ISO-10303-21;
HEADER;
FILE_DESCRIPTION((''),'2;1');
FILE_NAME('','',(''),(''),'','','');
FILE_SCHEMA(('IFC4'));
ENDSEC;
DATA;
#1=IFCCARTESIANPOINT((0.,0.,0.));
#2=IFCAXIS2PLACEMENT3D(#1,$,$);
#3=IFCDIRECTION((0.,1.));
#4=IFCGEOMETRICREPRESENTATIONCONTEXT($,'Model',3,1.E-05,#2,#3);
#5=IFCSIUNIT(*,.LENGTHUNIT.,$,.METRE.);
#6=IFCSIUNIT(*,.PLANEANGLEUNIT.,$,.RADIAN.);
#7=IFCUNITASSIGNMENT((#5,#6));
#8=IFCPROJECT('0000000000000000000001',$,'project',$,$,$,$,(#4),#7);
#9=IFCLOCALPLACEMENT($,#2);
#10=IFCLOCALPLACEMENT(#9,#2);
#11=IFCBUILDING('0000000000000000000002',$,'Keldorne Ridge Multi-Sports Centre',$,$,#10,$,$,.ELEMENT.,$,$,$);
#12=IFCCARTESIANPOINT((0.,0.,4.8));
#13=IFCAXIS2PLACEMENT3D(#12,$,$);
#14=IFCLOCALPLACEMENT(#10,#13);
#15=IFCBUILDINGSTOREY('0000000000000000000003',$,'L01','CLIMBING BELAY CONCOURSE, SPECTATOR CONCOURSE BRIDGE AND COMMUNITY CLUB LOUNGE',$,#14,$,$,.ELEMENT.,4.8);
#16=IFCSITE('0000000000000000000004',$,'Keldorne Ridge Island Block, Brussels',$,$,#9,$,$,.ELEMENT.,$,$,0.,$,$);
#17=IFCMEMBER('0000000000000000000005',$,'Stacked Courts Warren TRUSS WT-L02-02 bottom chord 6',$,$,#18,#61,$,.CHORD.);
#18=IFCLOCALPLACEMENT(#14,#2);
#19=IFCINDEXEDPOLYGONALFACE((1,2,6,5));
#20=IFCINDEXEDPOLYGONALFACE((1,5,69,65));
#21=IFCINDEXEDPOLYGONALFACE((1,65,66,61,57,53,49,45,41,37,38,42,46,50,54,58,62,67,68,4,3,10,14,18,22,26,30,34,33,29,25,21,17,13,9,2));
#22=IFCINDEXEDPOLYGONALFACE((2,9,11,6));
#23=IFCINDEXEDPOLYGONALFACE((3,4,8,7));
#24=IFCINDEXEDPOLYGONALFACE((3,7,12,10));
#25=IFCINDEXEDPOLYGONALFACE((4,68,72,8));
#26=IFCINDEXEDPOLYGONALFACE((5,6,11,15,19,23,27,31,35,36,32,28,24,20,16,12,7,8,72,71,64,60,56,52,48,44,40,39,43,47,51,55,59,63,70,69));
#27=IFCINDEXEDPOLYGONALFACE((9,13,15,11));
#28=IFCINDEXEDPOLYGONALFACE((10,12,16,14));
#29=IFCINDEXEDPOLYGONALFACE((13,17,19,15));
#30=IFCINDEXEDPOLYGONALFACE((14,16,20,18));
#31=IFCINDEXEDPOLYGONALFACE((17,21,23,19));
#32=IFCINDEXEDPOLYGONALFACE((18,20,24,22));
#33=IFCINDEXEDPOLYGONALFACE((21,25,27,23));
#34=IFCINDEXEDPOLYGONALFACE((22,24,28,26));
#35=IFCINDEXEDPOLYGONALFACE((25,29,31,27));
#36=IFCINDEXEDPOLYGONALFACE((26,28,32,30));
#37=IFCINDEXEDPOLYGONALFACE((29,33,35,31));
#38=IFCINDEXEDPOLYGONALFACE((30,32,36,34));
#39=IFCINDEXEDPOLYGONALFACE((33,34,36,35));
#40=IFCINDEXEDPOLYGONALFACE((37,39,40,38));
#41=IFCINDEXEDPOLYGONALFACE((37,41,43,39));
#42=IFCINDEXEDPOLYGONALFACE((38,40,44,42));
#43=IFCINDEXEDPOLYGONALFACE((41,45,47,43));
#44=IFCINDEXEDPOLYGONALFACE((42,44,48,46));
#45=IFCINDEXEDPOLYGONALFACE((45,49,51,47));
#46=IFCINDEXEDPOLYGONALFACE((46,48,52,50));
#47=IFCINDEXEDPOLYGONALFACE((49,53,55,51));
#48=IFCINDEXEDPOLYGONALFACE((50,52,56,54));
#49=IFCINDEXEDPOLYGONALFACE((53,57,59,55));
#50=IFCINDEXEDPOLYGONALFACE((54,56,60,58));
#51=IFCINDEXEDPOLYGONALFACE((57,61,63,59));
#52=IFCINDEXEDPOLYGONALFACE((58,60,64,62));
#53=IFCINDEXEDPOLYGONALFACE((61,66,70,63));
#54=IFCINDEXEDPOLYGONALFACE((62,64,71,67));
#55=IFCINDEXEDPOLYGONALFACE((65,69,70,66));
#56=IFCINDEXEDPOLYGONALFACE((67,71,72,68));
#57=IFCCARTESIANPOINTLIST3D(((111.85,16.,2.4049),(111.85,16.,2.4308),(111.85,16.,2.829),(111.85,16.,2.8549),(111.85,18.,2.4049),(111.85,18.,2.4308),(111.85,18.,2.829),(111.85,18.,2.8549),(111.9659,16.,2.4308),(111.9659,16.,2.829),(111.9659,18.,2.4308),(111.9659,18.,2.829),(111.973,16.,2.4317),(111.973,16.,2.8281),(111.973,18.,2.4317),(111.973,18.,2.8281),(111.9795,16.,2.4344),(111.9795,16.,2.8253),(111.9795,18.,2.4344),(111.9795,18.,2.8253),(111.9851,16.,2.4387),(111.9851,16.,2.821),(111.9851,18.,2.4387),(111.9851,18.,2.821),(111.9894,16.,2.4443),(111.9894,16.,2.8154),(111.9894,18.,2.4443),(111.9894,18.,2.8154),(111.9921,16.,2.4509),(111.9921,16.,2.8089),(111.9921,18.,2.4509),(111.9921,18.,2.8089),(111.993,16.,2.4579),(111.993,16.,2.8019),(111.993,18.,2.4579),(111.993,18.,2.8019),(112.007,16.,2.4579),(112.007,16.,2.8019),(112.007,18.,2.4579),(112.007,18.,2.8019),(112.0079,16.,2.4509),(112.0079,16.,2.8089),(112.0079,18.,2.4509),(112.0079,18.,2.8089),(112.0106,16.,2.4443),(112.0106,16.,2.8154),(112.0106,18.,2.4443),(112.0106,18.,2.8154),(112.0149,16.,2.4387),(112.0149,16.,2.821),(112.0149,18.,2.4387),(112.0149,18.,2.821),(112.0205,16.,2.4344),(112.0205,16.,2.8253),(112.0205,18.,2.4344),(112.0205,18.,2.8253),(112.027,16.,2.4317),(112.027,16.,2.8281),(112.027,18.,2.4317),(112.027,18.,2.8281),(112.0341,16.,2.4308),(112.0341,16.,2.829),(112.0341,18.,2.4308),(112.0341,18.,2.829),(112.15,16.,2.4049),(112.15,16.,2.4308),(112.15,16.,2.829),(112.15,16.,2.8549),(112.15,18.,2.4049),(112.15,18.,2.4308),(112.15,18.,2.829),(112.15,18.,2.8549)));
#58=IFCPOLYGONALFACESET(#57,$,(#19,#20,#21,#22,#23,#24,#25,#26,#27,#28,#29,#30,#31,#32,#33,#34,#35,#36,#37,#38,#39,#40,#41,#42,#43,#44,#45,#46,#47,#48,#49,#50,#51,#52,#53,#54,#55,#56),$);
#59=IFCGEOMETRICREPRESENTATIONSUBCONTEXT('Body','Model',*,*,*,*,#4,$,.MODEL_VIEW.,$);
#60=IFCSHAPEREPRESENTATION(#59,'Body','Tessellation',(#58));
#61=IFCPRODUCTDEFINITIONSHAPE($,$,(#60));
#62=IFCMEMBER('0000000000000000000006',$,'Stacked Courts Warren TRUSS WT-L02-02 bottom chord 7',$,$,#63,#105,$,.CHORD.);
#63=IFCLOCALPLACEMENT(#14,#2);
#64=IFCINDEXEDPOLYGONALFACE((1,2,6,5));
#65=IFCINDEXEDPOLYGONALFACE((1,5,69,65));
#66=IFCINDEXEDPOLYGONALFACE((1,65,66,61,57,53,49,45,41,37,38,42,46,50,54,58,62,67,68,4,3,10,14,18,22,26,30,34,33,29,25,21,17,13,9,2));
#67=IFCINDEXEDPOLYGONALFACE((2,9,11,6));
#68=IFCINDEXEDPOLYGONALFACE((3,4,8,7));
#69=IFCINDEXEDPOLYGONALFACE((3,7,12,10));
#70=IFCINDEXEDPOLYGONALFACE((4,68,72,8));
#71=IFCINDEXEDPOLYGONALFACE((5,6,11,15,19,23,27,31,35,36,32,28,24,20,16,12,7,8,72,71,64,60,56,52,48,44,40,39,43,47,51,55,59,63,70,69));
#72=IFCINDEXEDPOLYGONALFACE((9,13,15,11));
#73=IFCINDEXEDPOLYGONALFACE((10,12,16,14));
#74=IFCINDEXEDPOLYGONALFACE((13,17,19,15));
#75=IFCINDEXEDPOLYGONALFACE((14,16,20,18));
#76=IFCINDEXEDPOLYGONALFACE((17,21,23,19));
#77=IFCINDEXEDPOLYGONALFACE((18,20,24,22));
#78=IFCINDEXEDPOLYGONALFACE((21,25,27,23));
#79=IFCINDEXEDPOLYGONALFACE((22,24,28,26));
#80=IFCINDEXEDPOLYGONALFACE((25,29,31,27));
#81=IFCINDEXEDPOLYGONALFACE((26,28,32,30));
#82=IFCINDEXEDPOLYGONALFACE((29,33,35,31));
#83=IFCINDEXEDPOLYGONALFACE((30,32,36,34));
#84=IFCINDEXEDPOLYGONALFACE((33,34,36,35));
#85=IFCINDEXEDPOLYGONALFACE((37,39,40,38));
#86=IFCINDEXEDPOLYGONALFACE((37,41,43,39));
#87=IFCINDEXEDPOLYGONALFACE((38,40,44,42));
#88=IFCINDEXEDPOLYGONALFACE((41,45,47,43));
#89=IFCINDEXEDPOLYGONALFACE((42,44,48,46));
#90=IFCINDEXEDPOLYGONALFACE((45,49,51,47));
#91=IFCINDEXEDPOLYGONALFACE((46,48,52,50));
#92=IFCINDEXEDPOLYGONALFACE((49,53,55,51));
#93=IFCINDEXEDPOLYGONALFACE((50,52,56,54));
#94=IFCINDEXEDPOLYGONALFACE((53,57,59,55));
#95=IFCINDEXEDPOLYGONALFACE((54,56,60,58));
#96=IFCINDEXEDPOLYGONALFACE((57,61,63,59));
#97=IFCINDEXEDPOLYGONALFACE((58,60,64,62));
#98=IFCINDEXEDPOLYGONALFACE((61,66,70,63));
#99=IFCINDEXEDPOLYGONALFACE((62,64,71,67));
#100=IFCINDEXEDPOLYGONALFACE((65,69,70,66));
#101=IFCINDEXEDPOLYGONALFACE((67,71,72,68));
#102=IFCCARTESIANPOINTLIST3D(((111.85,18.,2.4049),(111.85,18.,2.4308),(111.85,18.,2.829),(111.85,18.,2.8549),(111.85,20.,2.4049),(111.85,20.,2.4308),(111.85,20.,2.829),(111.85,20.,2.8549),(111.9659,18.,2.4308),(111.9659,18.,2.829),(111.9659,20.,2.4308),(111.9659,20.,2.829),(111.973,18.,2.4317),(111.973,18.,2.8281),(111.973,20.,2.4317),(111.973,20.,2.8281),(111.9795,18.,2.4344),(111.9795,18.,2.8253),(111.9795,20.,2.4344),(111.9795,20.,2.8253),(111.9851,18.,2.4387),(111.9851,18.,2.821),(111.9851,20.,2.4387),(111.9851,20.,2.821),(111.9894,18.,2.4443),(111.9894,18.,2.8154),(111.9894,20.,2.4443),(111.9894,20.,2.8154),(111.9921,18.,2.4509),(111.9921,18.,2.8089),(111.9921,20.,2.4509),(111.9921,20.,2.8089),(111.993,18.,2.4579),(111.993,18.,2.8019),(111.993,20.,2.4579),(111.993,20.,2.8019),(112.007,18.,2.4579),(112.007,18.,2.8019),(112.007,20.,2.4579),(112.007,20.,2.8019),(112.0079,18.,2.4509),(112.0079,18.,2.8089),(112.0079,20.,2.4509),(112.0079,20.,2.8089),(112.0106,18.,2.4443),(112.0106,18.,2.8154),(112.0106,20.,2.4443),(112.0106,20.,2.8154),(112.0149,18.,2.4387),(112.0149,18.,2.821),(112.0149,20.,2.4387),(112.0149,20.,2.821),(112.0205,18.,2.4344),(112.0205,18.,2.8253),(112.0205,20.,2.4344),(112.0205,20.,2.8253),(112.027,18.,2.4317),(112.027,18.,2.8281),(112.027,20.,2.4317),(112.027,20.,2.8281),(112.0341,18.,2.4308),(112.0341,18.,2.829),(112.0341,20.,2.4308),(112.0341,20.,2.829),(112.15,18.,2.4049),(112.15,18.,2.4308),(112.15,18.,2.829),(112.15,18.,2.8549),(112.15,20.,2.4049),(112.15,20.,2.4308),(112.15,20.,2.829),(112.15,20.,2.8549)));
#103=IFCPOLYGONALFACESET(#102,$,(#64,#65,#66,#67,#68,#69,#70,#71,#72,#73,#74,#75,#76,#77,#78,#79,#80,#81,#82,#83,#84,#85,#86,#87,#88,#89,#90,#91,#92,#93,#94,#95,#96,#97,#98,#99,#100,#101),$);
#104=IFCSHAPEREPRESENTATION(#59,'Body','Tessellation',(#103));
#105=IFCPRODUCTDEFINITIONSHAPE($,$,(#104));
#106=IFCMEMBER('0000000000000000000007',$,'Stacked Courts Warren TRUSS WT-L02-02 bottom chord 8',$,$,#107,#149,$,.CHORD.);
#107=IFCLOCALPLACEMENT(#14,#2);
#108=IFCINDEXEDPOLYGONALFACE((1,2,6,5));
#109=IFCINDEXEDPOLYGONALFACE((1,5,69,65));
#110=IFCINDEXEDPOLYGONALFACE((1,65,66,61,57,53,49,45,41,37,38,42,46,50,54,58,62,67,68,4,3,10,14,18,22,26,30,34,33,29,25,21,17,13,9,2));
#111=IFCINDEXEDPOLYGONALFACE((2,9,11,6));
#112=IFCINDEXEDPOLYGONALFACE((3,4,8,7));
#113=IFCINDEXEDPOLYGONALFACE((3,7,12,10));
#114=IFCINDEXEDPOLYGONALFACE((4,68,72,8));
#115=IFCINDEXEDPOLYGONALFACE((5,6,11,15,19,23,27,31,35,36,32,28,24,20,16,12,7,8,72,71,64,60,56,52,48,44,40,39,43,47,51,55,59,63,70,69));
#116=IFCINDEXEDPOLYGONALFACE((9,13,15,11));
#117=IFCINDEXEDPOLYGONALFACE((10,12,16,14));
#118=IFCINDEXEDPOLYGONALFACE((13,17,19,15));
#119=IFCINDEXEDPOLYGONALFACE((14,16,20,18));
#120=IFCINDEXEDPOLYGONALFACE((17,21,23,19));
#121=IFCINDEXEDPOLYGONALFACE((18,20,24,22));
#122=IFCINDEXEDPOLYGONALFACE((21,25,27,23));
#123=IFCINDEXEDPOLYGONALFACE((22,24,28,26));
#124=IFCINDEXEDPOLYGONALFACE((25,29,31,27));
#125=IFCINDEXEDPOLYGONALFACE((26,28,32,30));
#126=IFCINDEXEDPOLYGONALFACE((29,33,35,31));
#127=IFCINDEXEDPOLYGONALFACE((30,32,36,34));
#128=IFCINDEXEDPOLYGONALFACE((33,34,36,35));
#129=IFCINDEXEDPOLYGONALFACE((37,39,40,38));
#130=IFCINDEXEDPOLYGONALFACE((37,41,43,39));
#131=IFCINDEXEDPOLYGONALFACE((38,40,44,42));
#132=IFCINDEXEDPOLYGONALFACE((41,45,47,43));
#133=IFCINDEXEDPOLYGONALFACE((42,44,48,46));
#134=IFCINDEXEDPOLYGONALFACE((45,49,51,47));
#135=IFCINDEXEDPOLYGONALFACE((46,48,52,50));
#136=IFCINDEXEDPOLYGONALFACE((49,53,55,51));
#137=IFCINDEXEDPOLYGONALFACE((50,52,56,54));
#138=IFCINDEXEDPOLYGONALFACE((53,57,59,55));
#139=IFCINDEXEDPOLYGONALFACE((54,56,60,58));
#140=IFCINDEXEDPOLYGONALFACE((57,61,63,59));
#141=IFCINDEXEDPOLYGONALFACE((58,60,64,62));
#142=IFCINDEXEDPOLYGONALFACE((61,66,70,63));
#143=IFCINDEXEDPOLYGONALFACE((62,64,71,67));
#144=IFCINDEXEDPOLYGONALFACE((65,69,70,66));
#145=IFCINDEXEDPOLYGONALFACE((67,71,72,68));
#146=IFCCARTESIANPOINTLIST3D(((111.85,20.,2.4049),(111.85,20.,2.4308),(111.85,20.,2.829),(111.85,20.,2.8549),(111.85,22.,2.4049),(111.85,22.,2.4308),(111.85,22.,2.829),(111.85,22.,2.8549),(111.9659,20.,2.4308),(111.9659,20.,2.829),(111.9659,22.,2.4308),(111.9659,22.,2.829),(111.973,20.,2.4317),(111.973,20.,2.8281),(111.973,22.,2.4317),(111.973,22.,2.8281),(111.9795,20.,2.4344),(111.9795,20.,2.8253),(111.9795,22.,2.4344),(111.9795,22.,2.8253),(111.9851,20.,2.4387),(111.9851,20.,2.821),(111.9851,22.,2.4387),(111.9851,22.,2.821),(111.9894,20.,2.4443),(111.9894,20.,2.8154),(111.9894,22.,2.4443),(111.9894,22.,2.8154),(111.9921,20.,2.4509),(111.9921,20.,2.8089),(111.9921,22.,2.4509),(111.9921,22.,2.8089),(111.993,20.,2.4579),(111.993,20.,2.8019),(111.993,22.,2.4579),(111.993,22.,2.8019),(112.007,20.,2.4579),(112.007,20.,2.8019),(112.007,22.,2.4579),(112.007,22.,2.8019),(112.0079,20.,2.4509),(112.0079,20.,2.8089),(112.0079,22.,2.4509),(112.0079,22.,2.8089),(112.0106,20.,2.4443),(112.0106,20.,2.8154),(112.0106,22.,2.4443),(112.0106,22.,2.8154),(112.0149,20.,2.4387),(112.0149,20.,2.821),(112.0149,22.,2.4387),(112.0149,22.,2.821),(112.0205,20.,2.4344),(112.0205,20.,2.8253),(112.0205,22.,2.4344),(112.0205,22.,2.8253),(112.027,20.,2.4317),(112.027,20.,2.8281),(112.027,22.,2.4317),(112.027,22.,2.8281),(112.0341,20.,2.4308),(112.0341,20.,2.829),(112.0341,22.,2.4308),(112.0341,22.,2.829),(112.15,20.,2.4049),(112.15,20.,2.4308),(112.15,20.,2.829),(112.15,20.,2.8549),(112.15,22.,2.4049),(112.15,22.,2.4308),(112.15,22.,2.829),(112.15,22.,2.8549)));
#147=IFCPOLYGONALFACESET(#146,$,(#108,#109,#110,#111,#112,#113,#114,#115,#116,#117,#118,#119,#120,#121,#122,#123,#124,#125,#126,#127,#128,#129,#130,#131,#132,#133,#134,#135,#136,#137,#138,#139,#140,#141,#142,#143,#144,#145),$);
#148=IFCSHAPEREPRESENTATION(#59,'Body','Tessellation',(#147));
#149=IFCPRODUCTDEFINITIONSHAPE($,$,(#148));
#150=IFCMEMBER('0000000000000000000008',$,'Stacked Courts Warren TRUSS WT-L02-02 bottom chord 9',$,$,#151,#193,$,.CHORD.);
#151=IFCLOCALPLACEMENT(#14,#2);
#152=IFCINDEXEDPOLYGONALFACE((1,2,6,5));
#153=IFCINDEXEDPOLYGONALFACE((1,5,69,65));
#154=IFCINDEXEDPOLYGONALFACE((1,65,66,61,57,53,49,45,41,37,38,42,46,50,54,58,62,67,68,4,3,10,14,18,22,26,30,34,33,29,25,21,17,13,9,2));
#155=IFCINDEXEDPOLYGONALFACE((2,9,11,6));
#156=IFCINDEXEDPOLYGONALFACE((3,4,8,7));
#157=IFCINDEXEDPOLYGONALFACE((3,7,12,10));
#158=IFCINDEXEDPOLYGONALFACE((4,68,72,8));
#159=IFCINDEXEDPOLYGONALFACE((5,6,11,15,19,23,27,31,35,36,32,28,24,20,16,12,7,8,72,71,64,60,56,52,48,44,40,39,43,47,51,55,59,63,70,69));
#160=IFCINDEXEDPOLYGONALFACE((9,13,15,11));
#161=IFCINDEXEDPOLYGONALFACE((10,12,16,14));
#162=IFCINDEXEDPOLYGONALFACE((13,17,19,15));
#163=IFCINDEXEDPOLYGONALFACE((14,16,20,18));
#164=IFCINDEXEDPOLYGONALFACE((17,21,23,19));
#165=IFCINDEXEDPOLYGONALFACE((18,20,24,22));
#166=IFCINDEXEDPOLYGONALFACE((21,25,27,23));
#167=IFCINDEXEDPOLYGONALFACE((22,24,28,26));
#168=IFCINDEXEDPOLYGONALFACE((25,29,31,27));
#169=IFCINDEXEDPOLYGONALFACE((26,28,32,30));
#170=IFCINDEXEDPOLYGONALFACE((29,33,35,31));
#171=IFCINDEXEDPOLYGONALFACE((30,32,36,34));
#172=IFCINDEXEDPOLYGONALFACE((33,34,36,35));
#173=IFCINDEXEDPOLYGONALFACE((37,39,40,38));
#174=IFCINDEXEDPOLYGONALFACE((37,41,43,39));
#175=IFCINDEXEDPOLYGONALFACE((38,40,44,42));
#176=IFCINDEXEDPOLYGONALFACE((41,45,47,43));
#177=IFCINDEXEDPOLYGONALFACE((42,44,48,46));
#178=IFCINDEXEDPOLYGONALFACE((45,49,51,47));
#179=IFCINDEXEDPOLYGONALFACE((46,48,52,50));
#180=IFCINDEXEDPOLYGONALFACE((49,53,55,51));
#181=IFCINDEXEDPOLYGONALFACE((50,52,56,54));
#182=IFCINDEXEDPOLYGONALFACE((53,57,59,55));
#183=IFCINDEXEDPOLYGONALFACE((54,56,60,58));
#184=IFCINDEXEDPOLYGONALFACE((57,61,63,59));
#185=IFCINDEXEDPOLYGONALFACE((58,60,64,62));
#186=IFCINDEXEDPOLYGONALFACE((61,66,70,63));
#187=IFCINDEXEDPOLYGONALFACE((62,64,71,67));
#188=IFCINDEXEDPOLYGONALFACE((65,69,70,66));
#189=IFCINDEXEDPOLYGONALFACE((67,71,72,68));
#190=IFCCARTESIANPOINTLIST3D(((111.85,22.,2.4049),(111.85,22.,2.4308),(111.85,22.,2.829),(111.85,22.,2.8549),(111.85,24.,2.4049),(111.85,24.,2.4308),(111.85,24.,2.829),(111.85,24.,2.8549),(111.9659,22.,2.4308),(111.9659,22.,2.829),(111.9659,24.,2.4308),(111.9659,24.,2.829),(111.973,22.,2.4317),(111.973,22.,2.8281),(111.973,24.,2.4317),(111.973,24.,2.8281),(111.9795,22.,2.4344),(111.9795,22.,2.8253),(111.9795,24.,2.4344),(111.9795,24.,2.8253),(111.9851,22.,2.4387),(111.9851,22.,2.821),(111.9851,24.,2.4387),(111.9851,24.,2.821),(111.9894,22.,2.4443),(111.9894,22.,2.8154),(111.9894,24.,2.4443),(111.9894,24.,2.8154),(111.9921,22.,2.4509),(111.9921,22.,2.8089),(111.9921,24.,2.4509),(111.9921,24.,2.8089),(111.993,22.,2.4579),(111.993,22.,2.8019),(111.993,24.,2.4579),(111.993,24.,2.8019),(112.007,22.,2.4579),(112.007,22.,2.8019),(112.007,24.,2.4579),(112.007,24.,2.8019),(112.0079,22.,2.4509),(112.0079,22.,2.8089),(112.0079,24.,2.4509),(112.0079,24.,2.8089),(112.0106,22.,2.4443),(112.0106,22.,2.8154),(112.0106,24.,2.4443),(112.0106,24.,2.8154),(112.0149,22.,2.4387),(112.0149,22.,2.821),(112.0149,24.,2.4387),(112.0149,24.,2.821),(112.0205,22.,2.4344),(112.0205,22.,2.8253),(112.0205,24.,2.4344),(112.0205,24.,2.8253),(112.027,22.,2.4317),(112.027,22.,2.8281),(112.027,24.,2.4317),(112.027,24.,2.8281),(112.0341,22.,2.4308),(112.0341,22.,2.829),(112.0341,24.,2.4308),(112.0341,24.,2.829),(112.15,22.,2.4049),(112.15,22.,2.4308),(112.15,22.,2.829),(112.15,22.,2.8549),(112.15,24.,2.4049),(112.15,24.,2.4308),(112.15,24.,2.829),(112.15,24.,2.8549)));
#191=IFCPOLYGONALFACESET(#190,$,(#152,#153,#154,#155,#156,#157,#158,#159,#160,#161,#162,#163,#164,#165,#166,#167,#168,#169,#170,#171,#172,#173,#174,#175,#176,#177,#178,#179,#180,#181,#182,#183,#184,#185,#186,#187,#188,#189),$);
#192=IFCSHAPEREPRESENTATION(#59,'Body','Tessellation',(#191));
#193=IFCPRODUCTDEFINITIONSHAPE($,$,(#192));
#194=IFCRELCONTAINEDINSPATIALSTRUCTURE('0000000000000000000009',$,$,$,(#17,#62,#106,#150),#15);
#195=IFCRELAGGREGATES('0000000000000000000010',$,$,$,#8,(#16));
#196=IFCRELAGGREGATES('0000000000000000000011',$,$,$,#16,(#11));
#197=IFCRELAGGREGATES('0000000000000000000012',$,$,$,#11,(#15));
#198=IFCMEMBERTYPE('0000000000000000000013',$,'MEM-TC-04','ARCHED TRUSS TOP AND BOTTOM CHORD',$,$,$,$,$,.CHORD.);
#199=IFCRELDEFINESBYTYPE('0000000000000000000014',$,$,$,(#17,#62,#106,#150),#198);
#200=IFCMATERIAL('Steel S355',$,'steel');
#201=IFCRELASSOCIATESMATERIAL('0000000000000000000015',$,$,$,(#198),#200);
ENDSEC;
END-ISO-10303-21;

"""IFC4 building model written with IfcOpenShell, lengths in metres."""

from ifc_helpers import new_model, si_unit, direction, frame, origin, origin_2d, place, context, subcontext, project, spatial, i_section, extrude, material, material_profile, profile_set, type_object, element, save


model = new_model("IFC4")

# Units and contexts
model_context = context("Model", 3, precision=1e-05, world=origin(), true_north=direction((0.0, 1.0)))
body_context = subcontext(model_context, "Body", "Model", "MODEL_VIEW")
ifc_project = project(units=[si_unit("LENGTHUNIT", "METRE"), si_unit("PLANEANGLEUNIT", "RADIAN")], contexts=[model_context])

# Site, building, storey
site_placement = place(None, origin())
site = spatial("IfcSite", under=ifc_project, at=site_placement, Name="Keldorne Ridge Island Block, Brussels", CompositionType="ELEMENT", RefElevation=0.0)
building_placement = place(site_placement, origin())
building = spatial("IfcBuilding", under=site, at=building_placement, Name="Keldorne Ridge Multi-Sports Centre", CompositionType="ELEMENT")
storey_placement = place(building_placement, frame((0.0, 0.0, 4.8)))
storey = spatial("IfcBuildingStorey", under=building, at=storey_placement, Name="L01", Description="CLIMBING BELAY CONCOURSE, SPECTATOR CONCOURSE BRIDGE AND COMMUNITY CLUB LOUNGE", CompositionType="ELEMENT", Elevation=4.8)

# Members
ifc_material_1 = material(Name="Steel S355", Category="steel")
ifc_material_profile_1 = material_profile(ifc_material_1, i_section(OverallWidth=0.3, OverallDepth=0.45, WebThickness=0.0139, FlangeThickness=0.0259, FilletRadius=0.0271, at=origin_2d()), Name="HEB 450")
ifc_profile_set_1 = profile_set([ifc_material_profile_1], Name="Steel S355")
member_type_1 = type_object("IfcMemberType", Name="MEM-TC-04", Description="ARCHED TRUSS TOP AND BOTTOM CHORD", PredefinedType="CHORD", material=ifc_profile_set_1)
for number, where, z_axis, x_axis, name in (
    (1, (112.0, 16.0, 2.6299), (0.0, 1.0, 0.0), (-1.0, 0.0, 0.0), "Stacked Courts Warren TRUSS WT-L02-02 bottom chord 6"),
    (2, (112.0, 18.0, 2.6299), (0.0, 1.0, 0.0), (-1.0, 0.0, 0.0), "Stacked Courts Warren TRUSS WT-L02-02 bottom chord 7"),
    (3, (112.0, 20.0, 2.6299), (0.0, 1.0, 0.0), (-1.0, 0.0, 0.0), "Stacked Courts Warren TRUSS WT-L02-02 bottom chord 8"),
    (4, (112.0, 22.0, 2.6299), (0.0, 1.0, 0.0), (-1.0, 0.0, 0.0), "Stacked Courts Warren TRUSS WT-L02-02 bottom chord 9"),
):
    element("IfcMember", number, at=place(storey_placement, frame(where, z_axis=z_axis, x_axis=x_axis)), inside=storey, type_object=member_type_1, Name=name, PredefinedType="CHORD", context=body_context, shape_type="SweptSolid", body=[
        extrude(i_section(OverallWidth=0.3, OverallDepth=0.45, WebThickness=0.0139, FlangeThickness=0.0259, FilletRadius=0.0271, at=origin_2d()), origin(), (0.0, 0.0, 1.0), 2.0),
    ])

save(model, "model.ifc")
